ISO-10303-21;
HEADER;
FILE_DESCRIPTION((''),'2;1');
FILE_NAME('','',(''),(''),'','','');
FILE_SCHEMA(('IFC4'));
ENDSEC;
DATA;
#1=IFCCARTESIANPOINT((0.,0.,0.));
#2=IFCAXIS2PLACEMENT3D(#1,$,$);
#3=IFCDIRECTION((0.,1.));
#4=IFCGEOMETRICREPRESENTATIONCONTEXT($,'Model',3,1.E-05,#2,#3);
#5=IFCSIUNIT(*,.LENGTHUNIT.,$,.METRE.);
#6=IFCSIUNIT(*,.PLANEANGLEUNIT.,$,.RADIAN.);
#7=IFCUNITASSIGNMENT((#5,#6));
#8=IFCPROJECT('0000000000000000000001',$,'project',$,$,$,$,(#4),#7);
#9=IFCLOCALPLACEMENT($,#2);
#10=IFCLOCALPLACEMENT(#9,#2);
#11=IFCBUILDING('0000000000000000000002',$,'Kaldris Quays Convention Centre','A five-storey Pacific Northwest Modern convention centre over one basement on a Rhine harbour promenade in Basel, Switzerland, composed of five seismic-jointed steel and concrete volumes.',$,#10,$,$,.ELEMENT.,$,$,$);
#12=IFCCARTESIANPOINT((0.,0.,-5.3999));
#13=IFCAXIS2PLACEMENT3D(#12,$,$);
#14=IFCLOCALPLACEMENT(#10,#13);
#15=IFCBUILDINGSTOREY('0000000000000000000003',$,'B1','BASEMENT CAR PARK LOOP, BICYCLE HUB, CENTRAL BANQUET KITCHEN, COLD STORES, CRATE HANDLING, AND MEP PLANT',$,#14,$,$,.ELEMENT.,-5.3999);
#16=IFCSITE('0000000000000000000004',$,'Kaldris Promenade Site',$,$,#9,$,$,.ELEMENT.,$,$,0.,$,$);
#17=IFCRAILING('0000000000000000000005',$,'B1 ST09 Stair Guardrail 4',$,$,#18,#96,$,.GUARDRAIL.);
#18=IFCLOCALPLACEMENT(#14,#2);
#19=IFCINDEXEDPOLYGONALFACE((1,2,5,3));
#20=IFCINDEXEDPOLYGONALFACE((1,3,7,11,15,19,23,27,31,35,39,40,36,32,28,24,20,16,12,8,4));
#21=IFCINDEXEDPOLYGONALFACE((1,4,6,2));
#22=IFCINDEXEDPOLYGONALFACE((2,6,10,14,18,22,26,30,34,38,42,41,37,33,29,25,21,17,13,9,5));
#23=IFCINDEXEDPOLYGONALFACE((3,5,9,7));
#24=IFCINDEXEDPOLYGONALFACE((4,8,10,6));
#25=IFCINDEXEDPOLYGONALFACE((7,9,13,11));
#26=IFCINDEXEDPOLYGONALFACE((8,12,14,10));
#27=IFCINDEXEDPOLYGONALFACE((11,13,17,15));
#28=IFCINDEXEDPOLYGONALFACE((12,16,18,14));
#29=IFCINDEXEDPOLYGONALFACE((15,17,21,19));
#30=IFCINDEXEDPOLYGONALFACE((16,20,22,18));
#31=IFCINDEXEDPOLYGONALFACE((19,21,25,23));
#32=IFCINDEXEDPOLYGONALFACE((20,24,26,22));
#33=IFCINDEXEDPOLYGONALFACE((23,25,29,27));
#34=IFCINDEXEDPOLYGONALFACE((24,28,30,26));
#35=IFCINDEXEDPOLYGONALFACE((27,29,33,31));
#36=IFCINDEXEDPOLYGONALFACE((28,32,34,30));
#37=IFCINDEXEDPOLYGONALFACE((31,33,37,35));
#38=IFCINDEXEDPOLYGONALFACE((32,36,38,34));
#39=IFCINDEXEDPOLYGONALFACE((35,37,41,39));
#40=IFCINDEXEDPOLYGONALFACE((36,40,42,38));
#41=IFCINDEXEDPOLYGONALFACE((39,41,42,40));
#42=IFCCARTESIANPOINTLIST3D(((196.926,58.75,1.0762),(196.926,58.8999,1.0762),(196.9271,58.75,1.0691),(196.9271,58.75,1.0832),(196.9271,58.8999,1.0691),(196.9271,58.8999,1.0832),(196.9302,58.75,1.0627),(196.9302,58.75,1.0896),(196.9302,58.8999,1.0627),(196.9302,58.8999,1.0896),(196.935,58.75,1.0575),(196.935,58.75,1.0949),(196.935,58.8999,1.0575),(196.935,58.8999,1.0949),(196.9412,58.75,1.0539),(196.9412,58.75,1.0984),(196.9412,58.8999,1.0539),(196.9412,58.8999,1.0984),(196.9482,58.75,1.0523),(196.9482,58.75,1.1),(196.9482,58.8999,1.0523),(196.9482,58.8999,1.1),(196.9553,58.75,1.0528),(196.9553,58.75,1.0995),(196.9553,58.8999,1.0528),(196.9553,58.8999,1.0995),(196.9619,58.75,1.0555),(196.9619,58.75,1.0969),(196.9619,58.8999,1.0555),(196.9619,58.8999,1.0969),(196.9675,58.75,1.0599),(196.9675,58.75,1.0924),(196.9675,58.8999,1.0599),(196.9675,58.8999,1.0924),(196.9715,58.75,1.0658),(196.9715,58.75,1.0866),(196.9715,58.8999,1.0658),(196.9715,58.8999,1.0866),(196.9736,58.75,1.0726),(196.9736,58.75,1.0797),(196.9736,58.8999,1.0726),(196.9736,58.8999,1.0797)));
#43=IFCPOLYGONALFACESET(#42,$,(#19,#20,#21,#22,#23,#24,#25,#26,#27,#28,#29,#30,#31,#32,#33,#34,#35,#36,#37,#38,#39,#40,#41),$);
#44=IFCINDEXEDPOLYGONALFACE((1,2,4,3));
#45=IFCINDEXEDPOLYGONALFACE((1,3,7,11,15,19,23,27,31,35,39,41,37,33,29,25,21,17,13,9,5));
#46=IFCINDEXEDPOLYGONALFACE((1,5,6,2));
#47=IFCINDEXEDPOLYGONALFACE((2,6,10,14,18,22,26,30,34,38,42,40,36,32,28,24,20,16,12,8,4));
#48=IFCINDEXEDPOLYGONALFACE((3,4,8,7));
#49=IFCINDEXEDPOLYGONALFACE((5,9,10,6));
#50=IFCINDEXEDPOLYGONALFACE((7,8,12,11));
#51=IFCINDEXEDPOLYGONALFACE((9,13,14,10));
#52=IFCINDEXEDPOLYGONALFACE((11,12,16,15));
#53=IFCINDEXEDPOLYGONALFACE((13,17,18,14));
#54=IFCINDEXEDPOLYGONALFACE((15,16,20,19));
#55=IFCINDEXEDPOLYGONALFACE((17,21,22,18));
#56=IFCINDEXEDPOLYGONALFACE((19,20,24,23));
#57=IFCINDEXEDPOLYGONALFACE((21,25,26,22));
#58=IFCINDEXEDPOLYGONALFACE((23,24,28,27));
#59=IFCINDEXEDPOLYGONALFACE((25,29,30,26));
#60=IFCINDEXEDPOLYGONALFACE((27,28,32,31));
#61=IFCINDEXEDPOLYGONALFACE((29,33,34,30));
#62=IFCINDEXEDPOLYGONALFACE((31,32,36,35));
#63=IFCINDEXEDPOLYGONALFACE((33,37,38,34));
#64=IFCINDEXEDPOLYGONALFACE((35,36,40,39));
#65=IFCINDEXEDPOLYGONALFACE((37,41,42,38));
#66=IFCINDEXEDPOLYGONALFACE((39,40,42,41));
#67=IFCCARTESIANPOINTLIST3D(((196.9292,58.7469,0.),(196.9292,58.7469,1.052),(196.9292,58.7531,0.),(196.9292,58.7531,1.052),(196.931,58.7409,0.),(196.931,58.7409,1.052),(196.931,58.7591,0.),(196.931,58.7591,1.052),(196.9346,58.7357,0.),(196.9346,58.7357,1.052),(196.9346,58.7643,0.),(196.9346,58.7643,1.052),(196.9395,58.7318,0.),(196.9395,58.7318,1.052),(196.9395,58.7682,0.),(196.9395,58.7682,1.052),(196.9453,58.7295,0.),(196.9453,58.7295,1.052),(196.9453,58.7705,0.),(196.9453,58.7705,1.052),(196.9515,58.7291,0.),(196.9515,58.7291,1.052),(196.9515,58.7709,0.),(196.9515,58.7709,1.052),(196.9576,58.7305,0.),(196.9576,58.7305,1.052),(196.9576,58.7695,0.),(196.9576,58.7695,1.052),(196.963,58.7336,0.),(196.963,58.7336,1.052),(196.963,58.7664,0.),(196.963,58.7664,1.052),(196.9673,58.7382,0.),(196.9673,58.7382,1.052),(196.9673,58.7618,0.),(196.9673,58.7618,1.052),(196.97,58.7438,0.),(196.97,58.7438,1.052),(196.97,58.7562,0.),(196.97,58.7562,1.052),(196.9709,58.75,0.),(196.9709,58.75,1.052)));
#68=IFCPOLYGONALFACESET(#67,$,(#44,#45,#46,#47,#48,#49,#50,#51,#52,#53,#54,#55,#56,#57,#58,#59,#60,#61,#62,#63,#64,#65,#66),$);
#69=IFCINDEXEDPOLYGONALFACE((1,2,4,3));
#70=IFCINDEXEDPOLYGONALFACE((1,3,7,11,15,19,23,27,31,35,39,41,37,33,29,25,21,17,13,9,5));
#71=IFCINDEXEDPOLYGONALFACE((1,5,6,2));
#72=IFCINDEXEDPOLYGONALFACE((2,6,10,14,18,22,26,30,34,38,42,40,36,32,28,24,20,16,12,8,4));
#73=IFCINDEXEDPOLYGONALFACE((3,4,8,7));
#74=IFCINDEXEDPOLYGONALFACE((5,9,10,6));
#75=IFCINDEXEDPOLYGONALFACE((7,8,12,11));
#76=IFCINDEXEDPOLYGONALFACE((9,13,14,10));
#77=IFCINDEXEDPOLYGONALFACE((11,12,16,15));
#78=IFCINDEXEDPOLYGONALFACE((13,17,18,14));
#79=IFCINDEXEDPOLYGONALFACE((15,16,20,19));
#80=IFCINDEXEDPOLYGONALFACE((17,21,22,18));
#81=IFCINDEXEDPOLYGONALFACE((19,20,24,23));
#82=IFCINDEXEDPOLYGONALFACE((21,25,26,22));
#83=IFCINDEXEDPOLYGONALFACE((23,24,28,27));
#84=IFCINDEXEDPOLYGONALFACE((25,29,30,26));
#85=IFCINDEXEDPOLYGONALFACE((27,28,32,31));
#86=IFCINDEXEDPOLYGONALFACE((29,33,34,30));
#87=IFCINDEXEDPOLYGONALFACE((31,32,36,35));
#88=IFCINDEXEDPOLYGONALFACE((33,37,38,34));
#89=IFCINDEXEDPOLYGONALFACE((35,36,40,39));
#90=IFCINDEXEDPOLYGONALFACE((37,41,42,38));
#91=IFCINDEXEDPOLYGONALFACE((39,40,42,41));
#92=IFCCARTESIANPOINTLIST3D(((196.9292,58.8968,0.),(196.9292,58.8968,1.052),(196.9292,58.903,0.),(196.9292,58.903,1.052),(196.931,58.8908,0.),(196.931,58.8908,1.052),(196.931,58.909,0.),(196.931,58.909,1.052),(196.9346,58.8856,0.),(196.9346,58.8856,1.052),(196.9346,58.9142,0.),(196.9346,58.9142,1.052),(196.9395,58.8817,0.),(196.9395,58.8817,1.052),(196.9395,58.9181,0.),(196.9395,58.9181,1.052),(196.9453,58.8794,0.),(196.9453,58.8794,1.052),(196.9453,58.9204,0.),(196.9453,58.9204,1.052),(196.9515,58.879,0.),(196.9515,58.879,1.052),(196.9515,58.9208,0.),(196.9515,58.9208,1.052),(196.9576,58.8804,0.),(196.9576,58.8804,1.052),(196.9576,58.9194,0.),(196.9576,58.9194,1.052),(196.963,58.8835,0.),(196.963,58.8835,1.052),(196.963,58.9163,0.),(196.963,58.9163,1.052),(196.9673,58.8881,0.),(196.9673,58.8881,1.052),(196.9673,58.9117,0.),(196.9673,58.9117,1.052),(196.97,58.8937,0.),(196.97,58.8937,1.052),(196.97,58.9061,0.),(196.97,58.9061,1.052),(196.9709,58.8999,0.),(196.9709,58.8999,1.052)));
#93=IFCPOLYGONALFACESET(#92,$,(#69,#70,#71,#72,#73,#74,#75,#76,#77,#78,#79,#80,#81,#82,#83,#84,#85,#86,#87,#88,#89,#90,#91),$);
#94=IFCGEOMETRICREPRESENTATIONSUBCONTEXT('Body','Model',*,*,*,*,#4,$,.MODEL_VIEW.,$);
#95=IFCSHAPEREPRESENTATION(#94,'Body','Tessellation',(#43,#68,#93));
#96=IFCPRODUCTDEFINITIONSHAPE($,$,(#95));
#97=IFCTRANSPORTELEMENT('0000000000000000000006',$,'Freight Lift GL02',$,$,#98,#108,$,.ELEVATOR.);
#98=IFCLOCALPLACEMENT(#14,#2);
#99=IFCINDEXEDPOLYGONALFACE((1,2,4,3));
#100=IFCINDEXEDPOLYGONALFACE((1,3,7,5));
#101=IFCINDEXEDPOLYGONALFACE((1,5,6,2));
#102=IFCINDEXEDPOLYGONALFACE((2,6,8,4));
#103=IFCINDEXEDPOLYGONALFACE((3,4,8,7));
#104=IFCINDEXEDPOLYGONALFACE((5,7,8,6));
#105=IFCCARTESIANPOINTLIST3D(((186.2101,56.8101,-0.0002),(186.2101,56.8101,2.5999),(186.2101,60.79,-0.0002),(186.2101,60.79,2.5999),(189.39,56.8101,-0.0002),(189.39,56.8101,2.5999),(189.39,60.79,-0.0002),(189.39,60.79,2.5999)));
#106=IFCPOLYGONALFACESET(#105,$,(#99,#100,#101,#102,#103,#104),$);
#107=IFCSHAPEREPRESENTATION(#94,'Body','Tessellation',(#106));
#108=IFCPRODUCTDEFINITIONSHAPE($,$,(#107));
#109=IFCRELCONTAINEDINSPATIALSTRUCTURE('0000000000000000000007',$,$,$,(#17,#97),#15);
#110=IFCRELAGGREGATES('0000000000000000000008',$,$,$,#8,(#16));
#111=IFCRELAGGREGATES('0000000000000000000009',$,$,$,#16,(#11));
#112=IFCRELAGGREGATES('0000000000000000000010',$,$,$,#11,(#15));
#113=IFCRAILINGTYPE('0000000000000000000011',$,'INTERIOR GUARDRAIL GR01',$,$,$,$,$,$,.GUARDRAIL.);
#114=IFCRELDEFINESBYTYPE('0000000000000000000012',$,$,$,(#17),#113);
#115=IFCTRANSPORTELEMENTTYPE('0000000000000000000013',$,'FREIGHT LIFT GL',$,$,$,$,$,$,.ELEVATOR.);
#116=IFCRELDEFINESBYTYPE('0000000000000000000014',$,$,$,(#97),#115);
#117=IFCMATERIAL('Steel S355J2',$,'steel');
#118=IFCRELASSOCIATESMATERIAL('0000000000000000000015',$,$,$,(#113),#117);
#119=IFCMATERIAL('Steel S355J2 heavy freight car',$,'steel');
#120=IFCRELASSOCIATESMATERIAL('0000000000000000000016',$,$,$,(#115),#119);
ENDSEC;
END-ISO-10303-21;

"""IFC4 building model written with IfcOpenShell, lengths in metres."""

from ifc_helpers import new_model, si_unit, direction, frame, origin, origin_2d, place, context, subcontext, project, spatial, rectangle, circle, extrude, material, type_object, element, save


model = new_model("IFC4")

# Units and contexts
model_context = context("Model", 3, precision=1e-05, world=origin(), true_north=direction((0.0, 1.0)))
body_context = subcontext(model_context, "Body", "Model", "MODEL_VIEW")
ifc_project = project(units=[si_unit("LENGTHUNIT", "METRE"), si_unit("PLANEANGLEUNIT", "RADIAN")], contexts=[model_context])

# Site, building, storey
site_placement = place(None, origin())
site = spatial("IfcSite", under=ifc_project, at=site_placement, Name="Kaldris Promenade Site", CompositionType="ELEMENT", RefElevation=0.0)
building_placement = place(site_placement, origin())
building = spatial("IfcBuilding", under=site, at=building_placement, Name="Kaldris Quays Convention Centre", Description="A five-storey Pacific Northwest Modern convention centre over one basement on a Rhine harbour promenade in Basel, Switzerland, composed of five seismic-jointed steel and concrete volumes.", CompositionType="ELEMENT")
storey_placement = place(building_placement, frame((0.0, 0.0, -5.3999)))
storey = spatial("IfcBuildingStorey", under=building, at=storey_placement, Name="B1", Description="BASEMENT CAR PARK LOOP, BICYCLE HUB, CENTRAL BANQUET KITCHEN, COLD STORES, CRATE HANDLING, AND MEP PLANT", CompositionType="ELEMENT", Elevation=-5.3999)

# Shared definitions
ifc_material_1 = material(Name="Steel S355J2", Category="steel")

# Railing
railing_type = type_object("IfcRailingType", Name="INTERIOR GUARDRAIL GR01", PredefinedType="GUARDRAIL", material=ifc_material_1)
railing_1_placement = place(storey_placement, frame((196.95, 58.75, 0.0)))
element("IfcRailing", 1, at=railing_1_placement, inside=storey, type_object=railing_type, Name="B1 ST09 Stair Guardrail 4", PredefinedType="GUARDRAIL", context=body_context, shape_type="SweptSolid", body=[
    extrude(circle(Radius=0.0239, at=origin_2d()), frame((0.0, 0.0, 1.0762), z_axis=(0.0, 1.0, 0.0), x_axis=(-1.0, 0.0, 0.0)), (0.0, 0.0, 1.0), 0.1499),
    extrude(circle(Radius=0.021, at=origin_2d()), origin(), (0.0, 0.0, 1.0), 1.052),
    extrude(circle(Radius=0.021, at=origin_2d()), frame((0.0, 0.1499, 0.0)), (0.0, 0.0, 1.0), 1.052),
])

# Transport element
ifc_material_2 = material(Name="Steel S355J2 heavy freight car", Category="steel")
transport_element_type = type_object("IfcTransportElementType", Name="FREIGHT LIFT GL", PredefinedType="ELEVATOR", material=ifc_material_2)
transport_element_placement = place(storey_placement, frame((187.8, 58.8, -0.0002), z_axis=(0.0, 0.0, 1.0), x_axis=(1.0, 0.0, 0.0)))
element("IfcTransportElement", 2, at=transport_element_placement, inside=storey, type_object=transport_element_type, Name="Freight Lift GL02", PredefinedType="ELEVATOR", context=body_context, shape_type="SweptSolid", body=[
    extrude(rectangle(XDim=3.1799, YDim=3.98, at=origin_2d()), origin(), (0.0, 0.0, 1.0), 2.6001),
])

save(model, "model.ifc")
